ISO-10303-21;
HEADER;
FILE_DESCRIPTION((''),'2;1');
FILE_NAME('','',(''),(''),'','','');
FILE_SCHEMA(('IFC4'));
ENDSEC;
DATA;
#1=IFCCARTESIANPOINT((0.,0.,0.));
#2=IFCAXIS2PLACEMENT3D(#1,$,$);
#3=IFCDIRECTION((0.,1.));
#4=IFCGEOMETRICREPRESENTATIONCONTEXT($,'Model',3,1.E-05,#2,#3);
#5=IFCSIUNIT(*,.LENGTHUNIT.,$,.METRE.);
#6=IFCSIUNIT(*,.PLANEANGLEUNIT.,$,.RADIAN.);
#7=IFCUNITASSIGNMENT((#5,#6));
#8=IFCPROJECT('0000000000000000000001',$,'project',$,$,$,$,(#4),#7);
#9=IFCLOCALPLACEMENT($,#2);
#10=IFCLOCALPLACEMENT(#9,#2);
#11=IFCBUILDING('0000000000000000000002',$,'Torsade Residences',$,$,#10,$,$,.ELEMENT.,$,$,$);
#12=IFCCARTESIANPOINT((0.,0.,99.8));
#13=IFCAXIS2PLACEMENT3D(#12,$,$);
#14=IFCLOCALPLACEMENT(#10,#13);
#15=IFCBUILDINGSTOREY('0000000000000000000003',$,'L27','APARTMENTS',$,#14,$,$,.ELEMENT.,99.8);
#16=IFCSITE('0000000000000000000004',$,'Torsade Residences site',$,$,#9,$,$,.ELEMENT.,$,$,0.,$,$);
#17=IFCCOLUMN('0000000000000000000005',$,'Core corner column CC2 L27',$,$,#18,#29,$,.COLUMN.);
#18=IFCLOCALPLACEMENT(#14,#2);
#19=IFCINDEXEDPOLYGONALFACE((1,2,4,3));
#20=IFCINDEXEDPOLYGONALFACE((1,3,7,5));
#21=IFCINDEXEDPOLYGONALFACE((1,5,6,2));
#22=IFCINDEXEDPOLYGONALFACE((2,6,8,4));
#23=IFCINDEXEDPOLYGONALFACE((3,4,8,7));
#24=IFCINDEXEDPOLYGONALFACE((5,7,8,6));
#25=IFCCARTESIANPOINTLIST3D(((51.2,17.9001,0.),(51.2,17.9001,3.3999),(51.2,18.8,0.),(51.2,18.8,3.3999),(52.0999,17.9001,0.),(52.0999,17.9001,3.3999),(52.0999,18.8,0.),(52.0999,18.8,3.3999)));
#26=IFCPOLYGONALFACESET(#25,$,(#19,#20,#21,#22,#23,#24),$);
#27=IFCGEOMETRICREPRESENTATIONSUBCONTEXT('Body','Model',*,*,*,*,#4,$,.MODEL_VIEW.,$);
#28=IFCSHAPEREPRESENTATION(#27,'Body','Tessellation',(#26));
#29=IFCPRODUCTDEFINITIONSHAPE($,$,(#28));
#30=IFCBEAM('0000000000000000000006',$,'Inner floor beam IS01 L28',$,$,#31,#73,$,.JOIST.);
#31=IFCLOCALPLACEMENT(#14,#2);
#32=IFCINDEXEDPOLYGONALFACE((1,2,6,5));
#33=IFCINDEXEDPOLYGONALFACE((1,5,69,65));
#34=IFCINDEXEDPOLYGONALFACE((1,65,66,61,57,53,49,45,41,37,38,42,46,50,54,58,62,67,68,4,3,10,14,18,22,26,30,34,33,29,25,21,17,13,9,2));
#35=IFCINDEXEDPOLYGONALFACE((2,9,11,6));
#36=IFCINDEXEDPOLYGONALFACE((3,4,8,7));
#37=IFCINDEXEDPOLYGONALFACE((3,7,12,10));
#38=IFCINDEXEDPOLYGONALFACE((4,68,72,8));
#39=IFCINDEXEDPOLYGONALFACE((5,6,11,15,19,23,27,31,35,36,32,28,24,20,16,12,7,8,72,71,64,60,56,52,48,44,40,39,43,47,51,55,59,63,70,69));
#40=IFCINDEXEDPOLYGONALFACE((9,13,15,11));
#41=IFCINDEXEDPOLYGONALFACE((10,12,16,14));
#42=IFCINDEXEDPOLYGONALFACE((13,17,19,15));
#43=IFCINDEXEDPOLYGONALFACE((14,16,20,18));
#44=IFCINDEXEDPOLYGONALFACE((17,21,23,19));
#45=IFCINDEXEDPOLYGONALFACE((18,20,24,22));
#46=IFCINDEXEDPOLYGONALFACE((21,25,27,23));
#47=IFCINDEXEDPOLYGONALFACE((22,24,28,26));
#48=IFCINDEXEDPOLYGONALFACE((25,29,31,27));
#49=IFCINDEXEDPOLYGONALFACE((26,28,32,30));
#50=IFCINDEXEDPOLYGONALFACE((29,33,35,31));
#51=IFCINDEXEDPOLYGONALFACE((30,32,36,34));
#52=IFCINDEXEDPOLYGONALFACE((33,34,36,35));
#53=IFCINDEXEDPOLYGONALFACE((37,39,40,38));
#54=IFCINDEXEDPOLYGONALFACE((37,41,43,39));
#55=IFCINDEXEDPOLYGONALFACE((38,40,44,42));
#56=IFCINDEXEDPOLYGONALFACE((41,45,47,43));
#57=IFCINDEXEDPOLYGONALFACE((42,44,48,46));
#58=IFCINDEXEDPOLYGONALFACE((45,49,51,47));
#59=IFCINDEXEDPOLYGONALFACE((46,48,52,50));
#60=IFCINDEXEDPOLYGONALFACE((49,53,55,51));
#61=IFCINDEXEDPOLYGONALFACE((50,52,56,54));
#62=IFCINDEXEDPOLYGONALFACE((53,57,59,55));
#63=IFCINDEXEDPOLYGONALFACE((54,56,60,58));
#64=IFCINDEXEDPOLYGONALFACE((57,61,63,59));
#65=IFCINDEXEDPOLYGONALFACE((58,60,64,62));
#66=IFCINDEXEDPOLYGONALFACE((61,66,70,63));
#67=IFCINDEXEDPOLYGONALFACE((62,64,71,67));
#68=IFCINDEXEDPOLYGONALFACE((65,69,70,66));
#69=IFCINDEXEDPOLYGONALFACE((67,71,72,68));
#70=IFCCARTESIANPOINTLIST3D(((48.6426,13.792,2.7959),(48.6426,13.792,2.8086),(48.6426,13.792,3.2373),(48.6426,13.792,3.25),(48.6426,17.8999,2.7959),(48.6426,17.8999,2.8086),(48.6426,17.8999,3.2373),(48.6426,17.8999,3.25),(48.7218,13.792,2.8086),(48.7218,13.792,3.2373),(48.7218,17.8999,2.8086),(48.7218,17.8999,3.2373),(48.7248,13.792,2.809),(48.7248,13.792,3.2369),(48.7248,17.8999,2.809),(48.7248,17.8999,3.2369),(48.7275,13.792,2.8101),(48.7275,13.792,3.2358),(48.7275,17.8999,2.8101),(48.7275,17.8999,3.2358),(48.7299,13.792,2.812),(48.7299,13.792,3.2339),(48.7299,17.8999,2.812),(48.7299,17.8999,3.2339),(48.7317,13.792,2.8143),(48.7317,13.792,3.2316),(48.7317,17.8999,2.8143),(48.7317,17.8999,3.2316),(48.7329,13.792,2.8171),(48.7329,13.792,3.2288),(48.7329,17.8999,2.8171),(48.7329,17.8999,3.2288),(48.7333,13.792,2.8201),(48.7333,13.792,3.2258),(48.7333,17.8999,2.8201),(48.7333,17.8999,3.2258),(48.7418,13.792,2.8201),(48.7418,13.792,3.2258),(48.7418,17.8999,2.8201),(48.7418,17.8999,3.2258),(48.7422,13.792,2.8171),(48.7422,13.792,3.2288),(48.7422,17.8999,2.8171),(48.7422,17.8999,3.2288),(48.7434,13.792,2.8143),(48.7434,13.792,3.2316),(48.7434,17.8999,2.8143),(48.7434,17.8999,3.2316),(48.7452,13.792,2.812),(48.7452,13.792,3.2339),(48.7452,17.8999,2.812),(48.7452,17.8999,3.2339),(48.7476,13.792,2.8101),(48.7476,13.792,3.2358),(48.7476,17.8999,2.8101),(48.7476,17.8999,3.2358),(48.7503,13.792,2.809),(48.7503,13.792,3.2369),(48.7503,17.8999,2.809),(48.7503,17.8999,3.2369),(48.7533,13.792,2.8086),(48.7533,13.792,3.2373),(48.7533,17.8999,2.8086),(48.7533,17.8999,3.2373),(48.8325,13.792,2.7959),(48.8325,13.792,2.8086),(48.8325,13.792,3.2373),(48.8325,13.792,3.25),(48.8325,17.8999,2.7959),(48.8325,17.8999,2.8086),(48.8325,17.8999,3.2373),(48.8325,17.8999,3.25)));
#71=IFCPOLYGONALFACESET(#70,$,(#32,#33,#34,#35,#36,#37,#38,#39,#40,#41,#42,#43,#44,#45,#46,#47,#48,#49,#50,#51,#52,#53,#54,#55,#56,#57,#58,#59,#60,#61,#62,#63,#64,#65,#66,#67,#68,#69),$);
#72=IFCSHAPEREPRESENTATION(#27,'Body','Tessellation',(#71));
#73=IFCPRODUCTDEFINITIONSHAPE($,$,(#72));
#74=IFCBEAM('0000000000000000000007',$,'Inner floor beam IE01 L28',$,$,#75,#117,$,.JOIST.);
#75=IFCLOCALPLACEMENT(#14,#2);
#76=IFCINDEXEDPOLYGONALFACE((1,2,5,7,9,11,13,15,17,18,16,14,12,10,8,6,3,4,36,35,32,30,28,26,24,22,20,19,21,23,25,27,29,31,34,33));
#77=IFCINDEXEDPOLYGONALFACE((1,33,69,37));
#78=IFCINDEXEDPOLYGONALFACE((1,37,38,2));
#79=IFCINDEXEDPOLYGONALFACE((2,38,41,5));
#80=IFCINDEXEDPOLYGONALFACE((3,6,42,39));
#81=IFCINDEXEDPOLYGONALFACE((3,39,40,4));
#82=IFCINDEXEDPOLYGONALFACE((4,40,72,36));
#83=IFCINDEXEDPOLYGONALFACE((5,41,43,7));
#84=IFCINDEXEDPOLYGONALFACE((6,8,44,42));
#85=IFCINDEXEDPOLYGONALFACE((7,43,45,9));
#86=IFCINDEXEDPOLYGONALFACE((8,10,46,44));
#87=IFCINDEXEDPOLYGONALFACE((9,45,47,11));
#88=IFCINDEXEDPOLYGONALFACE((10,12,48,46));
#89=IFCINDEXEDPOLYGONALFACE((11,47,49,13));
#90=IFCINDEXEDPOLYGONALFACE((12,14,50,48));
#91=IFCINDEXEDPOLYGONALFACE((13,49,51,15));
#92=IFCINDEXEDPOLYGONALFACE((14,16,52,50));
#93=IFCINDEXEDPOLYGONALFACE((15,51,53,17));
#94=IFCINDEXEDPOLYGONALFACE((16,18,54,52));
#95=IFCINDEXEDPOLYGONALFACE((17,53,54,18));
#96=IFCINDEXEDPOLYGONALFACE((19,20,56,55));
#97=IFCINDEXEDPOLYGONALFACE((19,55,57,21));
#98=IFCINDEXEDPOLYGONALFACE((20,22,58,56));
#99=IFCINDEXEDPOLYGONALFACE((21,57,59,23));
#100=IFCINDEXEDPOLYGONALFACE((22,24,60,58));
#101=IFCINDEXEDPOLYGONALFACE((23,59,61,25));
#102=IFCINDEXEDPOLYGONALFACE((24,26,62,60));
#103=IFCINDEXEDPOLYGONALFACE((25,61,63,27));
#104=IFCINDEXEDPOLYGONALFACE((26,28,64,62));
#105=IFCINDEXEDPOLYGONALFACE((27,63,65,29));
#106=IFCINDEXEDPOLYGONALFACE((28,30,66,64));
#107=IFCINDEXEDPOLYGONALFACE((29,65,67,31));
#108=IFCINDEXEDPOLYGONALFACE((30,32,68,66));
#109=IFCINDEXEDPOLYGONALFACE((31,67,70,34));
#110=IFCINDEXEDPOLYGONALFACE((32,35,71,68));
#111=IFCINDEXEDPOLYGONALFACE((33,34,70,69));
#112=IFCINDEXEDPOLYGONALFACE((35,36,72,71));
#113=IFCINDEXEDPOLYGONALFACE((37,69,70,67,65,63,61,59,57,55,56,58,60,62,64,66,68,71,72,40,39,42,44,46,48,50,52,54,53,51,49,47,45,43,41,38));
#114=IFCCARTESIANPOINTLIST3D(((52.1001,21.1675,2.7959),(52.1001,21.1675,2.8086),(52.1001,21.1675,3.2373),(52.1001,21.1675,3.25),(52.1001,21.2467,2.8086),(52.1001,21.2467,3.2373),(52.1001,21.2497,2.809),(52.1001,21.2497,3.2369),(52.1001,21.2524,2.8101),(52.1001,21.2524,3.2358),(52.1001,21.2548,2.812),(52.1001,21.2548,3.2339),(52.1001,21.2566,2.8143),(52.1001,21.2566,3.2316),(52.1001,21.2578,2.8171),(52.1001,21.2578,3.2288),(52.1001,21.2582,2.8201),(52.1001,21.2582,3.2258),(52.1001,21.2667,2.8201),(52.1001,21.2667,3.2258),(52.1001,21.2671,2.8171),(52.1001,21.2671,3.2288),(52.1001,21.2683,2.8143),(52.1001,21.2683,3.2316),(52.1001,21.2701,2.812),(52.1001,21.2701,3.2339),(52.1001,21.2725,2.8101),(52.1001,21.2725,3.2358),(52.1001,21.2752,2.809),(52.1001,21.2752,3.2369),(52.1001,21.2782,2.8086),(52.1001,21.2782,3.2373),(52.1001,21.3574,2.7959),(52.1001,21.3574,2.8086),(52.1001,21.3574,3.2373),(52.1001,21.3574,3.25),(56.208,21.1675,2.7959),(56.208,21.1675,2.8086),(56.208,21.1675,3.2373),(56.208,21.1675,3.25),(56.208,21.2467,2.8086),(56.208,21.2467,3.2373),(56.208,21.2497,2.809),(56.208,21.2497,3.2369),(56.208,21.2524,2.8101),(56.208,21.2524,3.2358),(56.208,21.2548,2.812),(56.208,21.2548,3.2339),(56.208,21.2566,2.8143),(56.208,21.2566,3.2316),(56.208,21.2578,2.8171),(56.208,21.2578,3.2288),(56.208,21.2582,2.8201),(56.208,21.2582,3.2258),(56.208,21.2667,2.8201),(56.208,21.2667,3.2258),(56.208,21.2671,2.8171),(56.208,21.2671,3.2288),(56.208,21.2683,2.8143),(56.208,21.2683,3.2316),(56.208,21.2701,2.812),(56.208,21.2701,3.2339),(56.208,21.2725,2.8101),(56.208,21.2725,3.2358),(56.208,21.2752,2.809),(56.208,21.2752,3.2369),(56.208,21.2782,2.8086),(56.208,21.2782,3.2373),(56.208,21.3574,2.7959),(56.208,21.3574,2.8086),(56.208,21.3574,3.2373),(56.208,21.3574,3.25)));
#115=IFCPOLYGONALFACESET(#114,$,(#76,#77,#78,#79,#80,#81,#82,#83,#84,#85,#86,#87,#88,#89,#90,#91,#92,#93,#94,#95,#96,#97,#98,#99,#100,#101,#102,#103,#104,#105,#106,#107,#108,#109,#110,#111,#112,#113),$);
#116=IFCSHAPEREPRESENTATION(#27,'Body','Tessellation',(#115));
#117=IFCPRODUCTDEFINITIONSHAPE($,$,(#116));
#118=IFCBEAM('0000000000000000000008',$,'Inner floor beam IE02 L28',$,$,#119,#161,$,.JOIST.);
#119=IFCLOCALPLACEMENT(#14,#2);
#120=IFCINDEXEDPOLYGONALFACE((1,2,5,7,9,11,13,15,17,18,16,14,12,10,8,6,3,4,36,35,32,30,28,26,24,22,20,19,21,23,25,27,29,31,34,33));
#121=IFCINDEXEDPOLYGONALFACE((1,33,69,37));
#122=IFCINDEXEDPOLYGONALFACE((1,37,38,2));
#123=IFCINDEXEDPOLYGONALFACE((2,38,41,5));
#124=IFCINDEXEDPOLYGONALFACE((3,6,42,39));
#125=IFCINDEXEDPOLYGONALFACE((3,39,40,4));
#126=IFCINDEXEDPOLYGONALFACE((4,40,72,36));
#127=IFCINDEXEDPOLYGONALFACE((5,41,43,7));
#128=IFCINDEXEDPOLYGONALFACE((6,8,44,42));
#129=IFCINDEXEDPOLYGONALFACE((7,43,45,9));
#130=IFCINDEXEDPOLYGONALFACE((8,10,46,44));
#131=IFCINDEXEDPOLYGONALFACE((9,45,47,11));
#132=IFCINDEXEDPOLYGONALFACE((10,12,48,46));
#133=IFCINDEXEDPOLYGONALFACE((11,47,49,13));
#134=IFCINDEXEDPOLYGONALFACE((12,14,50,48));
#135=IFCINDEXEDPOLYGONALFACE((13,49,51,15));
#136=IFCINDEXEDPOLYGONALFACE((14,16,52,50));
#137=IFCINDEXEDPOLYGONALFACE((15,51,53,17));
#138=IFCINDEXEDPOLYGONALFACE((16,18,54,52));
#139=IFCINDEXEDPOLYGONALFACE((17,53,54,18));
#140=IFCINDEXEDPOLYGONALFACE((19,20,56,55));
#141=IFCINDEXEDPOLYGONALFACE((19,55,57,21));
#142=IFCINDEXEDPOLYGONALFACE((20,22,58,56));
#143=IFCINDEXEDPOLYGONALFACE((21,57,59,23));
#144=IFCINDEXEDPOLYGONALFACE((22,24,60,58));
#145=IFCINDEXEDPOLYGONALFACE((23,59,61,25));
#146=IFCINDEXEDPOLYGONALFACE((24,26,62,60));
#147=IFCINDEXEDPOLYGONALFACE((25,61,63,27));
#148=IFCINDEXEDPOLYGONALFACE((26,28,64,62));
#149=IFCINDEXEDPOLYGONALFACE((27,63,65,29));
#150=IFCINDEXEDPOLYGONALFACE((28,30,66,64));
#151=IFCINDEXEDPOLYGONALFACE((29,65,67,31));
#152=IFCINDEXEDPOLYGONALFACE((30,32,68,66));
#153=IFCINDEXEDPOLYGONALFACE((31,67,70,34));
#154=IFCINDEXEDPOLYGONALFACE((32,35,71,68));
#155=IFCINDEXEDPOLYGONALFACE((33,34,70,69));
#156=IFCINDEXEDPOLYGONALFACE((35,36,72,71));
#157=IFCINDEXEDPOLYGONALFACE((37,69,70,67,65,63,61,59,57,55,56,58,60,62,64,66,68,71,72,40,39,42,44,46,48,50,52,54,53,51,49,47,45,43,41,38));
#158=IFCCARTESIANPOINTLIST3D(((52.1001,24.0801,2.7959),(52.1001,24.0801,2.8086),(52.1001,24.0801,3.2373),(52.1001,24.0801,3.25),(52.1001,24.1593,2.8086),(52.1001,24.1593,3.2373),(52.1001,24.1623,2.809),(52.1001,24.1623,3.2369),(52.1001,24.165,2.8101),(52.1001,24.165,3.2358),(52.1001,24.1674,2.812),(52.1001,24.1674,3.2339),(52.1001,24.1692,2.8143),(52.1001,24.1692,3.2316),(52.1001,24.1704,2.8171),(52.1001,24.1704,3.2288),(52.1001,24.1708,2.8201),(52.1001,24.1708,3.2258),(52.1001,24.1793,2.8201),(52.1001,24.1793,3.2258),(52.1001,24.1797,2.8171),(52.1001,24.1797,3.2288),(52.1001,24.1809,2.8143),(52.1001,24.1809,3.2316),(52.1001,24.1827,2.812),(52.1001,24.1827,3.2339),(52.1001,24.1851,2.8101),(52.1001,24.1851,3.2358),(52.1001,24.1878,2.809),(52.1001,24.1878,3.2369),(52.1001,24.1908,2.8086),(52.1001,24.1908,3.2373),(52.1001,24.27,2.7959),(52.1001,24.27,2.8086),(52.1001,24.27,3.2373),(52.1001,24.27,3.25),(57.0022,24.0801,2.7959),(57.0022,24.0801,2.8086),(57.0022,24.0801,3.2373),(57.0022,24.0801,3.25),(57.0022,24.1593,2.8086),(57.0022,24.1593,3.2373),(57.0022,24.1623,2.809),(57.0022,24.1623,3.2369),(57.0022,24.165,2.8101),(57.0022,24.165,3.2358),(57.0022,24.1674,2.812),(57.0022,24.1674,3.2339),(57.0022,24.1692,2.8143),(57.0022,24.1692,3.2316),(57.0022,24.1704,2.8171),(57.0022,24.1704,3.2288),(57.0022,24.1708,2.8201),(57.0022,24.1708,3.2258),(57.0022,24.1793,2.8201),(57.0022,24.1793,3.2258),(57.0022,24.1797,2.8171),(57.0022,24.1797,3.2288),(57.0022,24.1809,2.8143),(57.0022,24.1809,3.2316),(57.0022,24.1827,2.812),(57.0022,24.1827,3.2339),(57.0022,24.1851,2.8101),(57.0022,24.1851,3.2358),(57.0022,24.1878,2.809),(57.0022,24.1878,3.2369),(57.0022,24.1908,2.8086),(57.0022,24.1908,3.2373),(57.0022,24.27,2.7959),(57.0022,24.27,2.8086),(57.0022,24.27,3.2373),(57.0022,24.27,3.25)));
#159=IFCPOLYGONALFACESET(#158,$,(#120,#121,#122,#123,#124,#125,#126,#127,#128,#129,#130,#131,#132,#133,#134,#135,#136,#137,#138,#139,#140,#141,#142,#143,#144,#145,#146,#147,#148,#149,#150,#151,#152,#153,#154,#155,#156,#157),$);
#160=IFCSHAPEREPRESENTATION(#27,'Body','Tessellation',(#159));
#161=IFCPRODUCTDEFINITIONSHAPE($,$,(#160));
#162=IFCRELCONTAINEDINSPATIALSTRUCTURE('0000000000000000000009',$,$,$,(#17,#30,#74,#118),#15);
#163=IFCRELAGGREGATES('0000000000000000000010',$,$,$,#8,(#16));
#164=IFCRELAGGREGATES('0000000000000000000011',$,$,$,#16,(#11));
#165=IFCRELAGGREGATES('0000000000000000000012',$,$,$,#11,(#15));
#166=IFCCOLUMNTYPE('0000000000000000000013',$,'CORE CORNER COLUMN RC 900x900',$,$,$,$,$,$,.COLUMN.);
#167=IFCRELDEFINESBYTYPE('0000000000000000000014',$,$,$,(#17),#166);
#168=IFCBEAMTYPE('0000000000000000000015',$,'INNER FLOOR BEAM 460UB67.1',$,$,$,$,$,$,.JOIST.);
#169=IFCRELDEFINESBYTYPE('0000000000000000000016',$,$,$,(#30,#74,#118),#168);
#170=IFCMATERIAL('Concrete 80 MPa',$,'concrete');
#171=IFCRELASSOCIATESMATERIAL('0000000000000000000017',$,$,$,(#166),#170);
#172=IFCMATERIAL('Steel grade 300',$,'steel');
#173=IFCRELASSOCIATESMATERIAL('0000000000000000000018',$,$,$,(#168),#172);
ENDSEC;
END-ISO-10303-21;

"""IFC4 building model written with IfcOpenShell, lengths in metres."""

from ifc_helpers import new_model, si_unit, direction, frame, origin, origin_2d, place, context, subcontext, project, spatial, rectangle, i_section, extrude, material, material_profile, profile_set, type_object, element, save


model = new_model("IFC4")

# Units and contexts
model_context = context("Model", 3, precision=1e-05, world=origin(), true_north=direction((0.0, 1.0)))
body_context = subcontext(model_context, "Body", "Model", "MODEL_VIEW")
ifc_project = project(units=[si_unit("LENGTHUNIT", "METRE"), si_unit("PLANEANGLEUNIT", "RADIAN")], contexts=[model_context])

# Site, building, storey
site_placement = place(None, origin())
site = spatial("IfcSite", under=ifc_project, at=site_placement, Name="Torsade Residences site", CompositionType="ELEMENT", RefElevation=0.0)
building_placement = place(site_placement, origin())
building = spatial("IfcBuilding", under=site, at=building_placement, Name="Torsade Residences", CompositionType="ELEMENT")
storey_placement = place(building_placement, frame((0.0, 0.0, 99.8)))
storey = spatial("IfcBuildingStorey", under=building, at=storey_placement, Name="L27", Description="APARTMENTS", CompositionType="ELEMENT", Elevation=99.8)

# Column
ifc_material_1 = material(Name="Concrete 80 MPa", Category="concrete")
ifc_material_profile_1 = material_profile(ifc_material_1, rectangle(XDim=0.8999, YDim=0.8999, at=origin_2d()), Name="RC 900x900")
ifc_profile_set_1 = profile_set([ifc_material_profile_1], Name="Concrete 80 MPa")
column_type = type_object("IfcColumnType", Name="CORE CORNER COLUMN RC 900x900", PredefinedType="COLUMN", material=ifc_profile_set_1)
column_placement = place(storey_placement, frame((51.6499, 18.3501, 0.0), z_axis=(0.0, 0.0, 1.0), x_axis=(1.0, 0.0, 0.0)))
element("IfcColumn", 1, at=column_placement, inside=storey, type_object=column_type, Name="Core corner column CC2 L27", PredefinedType="COLUMN", context=body_context, shape_type="SweptSolid", body=[
    extrude(rectangle(XDim=0.8999, YDim=0.8999, at=origin_2d()), origin(), (0.0, 0.0, 1.0), 3.3999),
])

# Beams
ifc_material_2 = material(Name="Steel grade 300", Category="steel")
ifc_material_profile_2 = material_profile(ifc_material_2, i_section(OverallWidth=0.1899, OverallDepth=0.4541, WebThickness=0.0085, FlangeThickness=0.0127, FilletRadius=0.0115, at=origin_2d()), Name="460UB67.1")
ifc_profile_set_2 = profile_set([ifc_material_profile_2], Name="Steel grade 300")
beam_type = type_object("IfcBeamType", Name="INNER FLOOR BEAM 460UB67.1", PredefinedType="JOIST", material=ifc_profile_set_2)
for number, where, z_axis, x_axis, name in (
    (2, (48.7375, 17.8999, 3.0229), (0.0, -1.0, 0.0), (1.0, 0.0, 0.0), "Inner floor beam IS01 L28"),
    (3, (52.1001, 21.2625, 3.0229), (1.0, 0.0, 0.0), (0.0, 1.0, 0.0), "Inner floor beam IE01 L28"),
):
    element("IfcBeam", number, at=place(storey_placement, frame(where, z_axis=z_axis, x_axis=x_axis)), inside=storey, type_object=beam_type, Name=name, PredefinedType="JOIST", context=body_context, shape_type="SweptSolid", body=[
        extrude(i_section(OverallWidth=0.1899, OverallDepth=0.4541, WebThickness=0.0085, FlangeThickness=0.0127, FilletRadius=0.0115, at=origin_2d()), origin(), (0.0, 0.0, 1.0), 4.1079),
    ])
beam_1_placement = place(storey_placement, frame((52.1001, 24.175, 3.0229), z_axis=(1.0, 0.0, 0.0), x_axis=(0.0, 1.0, 0.0)))
element("IfcBeam", 4, at=beam_1_placement, inside=storey, type_object=beam_type, Name="Inner floor beam IE02 L28", PredefinedType="JOIST", context=body_context, shape_type="SweptSolid", body=[
    extrude(i_section(OverallWidth=0.1899, OverallDepth=0.4541, WebThickness=0.0085, FlangeThickness=0.0127, FilletRadius=0.0115, at=origin_2d()), origin(), (0.0, 0.0, 1.0), 4.9021),
])

save(model, "model.ifc")
